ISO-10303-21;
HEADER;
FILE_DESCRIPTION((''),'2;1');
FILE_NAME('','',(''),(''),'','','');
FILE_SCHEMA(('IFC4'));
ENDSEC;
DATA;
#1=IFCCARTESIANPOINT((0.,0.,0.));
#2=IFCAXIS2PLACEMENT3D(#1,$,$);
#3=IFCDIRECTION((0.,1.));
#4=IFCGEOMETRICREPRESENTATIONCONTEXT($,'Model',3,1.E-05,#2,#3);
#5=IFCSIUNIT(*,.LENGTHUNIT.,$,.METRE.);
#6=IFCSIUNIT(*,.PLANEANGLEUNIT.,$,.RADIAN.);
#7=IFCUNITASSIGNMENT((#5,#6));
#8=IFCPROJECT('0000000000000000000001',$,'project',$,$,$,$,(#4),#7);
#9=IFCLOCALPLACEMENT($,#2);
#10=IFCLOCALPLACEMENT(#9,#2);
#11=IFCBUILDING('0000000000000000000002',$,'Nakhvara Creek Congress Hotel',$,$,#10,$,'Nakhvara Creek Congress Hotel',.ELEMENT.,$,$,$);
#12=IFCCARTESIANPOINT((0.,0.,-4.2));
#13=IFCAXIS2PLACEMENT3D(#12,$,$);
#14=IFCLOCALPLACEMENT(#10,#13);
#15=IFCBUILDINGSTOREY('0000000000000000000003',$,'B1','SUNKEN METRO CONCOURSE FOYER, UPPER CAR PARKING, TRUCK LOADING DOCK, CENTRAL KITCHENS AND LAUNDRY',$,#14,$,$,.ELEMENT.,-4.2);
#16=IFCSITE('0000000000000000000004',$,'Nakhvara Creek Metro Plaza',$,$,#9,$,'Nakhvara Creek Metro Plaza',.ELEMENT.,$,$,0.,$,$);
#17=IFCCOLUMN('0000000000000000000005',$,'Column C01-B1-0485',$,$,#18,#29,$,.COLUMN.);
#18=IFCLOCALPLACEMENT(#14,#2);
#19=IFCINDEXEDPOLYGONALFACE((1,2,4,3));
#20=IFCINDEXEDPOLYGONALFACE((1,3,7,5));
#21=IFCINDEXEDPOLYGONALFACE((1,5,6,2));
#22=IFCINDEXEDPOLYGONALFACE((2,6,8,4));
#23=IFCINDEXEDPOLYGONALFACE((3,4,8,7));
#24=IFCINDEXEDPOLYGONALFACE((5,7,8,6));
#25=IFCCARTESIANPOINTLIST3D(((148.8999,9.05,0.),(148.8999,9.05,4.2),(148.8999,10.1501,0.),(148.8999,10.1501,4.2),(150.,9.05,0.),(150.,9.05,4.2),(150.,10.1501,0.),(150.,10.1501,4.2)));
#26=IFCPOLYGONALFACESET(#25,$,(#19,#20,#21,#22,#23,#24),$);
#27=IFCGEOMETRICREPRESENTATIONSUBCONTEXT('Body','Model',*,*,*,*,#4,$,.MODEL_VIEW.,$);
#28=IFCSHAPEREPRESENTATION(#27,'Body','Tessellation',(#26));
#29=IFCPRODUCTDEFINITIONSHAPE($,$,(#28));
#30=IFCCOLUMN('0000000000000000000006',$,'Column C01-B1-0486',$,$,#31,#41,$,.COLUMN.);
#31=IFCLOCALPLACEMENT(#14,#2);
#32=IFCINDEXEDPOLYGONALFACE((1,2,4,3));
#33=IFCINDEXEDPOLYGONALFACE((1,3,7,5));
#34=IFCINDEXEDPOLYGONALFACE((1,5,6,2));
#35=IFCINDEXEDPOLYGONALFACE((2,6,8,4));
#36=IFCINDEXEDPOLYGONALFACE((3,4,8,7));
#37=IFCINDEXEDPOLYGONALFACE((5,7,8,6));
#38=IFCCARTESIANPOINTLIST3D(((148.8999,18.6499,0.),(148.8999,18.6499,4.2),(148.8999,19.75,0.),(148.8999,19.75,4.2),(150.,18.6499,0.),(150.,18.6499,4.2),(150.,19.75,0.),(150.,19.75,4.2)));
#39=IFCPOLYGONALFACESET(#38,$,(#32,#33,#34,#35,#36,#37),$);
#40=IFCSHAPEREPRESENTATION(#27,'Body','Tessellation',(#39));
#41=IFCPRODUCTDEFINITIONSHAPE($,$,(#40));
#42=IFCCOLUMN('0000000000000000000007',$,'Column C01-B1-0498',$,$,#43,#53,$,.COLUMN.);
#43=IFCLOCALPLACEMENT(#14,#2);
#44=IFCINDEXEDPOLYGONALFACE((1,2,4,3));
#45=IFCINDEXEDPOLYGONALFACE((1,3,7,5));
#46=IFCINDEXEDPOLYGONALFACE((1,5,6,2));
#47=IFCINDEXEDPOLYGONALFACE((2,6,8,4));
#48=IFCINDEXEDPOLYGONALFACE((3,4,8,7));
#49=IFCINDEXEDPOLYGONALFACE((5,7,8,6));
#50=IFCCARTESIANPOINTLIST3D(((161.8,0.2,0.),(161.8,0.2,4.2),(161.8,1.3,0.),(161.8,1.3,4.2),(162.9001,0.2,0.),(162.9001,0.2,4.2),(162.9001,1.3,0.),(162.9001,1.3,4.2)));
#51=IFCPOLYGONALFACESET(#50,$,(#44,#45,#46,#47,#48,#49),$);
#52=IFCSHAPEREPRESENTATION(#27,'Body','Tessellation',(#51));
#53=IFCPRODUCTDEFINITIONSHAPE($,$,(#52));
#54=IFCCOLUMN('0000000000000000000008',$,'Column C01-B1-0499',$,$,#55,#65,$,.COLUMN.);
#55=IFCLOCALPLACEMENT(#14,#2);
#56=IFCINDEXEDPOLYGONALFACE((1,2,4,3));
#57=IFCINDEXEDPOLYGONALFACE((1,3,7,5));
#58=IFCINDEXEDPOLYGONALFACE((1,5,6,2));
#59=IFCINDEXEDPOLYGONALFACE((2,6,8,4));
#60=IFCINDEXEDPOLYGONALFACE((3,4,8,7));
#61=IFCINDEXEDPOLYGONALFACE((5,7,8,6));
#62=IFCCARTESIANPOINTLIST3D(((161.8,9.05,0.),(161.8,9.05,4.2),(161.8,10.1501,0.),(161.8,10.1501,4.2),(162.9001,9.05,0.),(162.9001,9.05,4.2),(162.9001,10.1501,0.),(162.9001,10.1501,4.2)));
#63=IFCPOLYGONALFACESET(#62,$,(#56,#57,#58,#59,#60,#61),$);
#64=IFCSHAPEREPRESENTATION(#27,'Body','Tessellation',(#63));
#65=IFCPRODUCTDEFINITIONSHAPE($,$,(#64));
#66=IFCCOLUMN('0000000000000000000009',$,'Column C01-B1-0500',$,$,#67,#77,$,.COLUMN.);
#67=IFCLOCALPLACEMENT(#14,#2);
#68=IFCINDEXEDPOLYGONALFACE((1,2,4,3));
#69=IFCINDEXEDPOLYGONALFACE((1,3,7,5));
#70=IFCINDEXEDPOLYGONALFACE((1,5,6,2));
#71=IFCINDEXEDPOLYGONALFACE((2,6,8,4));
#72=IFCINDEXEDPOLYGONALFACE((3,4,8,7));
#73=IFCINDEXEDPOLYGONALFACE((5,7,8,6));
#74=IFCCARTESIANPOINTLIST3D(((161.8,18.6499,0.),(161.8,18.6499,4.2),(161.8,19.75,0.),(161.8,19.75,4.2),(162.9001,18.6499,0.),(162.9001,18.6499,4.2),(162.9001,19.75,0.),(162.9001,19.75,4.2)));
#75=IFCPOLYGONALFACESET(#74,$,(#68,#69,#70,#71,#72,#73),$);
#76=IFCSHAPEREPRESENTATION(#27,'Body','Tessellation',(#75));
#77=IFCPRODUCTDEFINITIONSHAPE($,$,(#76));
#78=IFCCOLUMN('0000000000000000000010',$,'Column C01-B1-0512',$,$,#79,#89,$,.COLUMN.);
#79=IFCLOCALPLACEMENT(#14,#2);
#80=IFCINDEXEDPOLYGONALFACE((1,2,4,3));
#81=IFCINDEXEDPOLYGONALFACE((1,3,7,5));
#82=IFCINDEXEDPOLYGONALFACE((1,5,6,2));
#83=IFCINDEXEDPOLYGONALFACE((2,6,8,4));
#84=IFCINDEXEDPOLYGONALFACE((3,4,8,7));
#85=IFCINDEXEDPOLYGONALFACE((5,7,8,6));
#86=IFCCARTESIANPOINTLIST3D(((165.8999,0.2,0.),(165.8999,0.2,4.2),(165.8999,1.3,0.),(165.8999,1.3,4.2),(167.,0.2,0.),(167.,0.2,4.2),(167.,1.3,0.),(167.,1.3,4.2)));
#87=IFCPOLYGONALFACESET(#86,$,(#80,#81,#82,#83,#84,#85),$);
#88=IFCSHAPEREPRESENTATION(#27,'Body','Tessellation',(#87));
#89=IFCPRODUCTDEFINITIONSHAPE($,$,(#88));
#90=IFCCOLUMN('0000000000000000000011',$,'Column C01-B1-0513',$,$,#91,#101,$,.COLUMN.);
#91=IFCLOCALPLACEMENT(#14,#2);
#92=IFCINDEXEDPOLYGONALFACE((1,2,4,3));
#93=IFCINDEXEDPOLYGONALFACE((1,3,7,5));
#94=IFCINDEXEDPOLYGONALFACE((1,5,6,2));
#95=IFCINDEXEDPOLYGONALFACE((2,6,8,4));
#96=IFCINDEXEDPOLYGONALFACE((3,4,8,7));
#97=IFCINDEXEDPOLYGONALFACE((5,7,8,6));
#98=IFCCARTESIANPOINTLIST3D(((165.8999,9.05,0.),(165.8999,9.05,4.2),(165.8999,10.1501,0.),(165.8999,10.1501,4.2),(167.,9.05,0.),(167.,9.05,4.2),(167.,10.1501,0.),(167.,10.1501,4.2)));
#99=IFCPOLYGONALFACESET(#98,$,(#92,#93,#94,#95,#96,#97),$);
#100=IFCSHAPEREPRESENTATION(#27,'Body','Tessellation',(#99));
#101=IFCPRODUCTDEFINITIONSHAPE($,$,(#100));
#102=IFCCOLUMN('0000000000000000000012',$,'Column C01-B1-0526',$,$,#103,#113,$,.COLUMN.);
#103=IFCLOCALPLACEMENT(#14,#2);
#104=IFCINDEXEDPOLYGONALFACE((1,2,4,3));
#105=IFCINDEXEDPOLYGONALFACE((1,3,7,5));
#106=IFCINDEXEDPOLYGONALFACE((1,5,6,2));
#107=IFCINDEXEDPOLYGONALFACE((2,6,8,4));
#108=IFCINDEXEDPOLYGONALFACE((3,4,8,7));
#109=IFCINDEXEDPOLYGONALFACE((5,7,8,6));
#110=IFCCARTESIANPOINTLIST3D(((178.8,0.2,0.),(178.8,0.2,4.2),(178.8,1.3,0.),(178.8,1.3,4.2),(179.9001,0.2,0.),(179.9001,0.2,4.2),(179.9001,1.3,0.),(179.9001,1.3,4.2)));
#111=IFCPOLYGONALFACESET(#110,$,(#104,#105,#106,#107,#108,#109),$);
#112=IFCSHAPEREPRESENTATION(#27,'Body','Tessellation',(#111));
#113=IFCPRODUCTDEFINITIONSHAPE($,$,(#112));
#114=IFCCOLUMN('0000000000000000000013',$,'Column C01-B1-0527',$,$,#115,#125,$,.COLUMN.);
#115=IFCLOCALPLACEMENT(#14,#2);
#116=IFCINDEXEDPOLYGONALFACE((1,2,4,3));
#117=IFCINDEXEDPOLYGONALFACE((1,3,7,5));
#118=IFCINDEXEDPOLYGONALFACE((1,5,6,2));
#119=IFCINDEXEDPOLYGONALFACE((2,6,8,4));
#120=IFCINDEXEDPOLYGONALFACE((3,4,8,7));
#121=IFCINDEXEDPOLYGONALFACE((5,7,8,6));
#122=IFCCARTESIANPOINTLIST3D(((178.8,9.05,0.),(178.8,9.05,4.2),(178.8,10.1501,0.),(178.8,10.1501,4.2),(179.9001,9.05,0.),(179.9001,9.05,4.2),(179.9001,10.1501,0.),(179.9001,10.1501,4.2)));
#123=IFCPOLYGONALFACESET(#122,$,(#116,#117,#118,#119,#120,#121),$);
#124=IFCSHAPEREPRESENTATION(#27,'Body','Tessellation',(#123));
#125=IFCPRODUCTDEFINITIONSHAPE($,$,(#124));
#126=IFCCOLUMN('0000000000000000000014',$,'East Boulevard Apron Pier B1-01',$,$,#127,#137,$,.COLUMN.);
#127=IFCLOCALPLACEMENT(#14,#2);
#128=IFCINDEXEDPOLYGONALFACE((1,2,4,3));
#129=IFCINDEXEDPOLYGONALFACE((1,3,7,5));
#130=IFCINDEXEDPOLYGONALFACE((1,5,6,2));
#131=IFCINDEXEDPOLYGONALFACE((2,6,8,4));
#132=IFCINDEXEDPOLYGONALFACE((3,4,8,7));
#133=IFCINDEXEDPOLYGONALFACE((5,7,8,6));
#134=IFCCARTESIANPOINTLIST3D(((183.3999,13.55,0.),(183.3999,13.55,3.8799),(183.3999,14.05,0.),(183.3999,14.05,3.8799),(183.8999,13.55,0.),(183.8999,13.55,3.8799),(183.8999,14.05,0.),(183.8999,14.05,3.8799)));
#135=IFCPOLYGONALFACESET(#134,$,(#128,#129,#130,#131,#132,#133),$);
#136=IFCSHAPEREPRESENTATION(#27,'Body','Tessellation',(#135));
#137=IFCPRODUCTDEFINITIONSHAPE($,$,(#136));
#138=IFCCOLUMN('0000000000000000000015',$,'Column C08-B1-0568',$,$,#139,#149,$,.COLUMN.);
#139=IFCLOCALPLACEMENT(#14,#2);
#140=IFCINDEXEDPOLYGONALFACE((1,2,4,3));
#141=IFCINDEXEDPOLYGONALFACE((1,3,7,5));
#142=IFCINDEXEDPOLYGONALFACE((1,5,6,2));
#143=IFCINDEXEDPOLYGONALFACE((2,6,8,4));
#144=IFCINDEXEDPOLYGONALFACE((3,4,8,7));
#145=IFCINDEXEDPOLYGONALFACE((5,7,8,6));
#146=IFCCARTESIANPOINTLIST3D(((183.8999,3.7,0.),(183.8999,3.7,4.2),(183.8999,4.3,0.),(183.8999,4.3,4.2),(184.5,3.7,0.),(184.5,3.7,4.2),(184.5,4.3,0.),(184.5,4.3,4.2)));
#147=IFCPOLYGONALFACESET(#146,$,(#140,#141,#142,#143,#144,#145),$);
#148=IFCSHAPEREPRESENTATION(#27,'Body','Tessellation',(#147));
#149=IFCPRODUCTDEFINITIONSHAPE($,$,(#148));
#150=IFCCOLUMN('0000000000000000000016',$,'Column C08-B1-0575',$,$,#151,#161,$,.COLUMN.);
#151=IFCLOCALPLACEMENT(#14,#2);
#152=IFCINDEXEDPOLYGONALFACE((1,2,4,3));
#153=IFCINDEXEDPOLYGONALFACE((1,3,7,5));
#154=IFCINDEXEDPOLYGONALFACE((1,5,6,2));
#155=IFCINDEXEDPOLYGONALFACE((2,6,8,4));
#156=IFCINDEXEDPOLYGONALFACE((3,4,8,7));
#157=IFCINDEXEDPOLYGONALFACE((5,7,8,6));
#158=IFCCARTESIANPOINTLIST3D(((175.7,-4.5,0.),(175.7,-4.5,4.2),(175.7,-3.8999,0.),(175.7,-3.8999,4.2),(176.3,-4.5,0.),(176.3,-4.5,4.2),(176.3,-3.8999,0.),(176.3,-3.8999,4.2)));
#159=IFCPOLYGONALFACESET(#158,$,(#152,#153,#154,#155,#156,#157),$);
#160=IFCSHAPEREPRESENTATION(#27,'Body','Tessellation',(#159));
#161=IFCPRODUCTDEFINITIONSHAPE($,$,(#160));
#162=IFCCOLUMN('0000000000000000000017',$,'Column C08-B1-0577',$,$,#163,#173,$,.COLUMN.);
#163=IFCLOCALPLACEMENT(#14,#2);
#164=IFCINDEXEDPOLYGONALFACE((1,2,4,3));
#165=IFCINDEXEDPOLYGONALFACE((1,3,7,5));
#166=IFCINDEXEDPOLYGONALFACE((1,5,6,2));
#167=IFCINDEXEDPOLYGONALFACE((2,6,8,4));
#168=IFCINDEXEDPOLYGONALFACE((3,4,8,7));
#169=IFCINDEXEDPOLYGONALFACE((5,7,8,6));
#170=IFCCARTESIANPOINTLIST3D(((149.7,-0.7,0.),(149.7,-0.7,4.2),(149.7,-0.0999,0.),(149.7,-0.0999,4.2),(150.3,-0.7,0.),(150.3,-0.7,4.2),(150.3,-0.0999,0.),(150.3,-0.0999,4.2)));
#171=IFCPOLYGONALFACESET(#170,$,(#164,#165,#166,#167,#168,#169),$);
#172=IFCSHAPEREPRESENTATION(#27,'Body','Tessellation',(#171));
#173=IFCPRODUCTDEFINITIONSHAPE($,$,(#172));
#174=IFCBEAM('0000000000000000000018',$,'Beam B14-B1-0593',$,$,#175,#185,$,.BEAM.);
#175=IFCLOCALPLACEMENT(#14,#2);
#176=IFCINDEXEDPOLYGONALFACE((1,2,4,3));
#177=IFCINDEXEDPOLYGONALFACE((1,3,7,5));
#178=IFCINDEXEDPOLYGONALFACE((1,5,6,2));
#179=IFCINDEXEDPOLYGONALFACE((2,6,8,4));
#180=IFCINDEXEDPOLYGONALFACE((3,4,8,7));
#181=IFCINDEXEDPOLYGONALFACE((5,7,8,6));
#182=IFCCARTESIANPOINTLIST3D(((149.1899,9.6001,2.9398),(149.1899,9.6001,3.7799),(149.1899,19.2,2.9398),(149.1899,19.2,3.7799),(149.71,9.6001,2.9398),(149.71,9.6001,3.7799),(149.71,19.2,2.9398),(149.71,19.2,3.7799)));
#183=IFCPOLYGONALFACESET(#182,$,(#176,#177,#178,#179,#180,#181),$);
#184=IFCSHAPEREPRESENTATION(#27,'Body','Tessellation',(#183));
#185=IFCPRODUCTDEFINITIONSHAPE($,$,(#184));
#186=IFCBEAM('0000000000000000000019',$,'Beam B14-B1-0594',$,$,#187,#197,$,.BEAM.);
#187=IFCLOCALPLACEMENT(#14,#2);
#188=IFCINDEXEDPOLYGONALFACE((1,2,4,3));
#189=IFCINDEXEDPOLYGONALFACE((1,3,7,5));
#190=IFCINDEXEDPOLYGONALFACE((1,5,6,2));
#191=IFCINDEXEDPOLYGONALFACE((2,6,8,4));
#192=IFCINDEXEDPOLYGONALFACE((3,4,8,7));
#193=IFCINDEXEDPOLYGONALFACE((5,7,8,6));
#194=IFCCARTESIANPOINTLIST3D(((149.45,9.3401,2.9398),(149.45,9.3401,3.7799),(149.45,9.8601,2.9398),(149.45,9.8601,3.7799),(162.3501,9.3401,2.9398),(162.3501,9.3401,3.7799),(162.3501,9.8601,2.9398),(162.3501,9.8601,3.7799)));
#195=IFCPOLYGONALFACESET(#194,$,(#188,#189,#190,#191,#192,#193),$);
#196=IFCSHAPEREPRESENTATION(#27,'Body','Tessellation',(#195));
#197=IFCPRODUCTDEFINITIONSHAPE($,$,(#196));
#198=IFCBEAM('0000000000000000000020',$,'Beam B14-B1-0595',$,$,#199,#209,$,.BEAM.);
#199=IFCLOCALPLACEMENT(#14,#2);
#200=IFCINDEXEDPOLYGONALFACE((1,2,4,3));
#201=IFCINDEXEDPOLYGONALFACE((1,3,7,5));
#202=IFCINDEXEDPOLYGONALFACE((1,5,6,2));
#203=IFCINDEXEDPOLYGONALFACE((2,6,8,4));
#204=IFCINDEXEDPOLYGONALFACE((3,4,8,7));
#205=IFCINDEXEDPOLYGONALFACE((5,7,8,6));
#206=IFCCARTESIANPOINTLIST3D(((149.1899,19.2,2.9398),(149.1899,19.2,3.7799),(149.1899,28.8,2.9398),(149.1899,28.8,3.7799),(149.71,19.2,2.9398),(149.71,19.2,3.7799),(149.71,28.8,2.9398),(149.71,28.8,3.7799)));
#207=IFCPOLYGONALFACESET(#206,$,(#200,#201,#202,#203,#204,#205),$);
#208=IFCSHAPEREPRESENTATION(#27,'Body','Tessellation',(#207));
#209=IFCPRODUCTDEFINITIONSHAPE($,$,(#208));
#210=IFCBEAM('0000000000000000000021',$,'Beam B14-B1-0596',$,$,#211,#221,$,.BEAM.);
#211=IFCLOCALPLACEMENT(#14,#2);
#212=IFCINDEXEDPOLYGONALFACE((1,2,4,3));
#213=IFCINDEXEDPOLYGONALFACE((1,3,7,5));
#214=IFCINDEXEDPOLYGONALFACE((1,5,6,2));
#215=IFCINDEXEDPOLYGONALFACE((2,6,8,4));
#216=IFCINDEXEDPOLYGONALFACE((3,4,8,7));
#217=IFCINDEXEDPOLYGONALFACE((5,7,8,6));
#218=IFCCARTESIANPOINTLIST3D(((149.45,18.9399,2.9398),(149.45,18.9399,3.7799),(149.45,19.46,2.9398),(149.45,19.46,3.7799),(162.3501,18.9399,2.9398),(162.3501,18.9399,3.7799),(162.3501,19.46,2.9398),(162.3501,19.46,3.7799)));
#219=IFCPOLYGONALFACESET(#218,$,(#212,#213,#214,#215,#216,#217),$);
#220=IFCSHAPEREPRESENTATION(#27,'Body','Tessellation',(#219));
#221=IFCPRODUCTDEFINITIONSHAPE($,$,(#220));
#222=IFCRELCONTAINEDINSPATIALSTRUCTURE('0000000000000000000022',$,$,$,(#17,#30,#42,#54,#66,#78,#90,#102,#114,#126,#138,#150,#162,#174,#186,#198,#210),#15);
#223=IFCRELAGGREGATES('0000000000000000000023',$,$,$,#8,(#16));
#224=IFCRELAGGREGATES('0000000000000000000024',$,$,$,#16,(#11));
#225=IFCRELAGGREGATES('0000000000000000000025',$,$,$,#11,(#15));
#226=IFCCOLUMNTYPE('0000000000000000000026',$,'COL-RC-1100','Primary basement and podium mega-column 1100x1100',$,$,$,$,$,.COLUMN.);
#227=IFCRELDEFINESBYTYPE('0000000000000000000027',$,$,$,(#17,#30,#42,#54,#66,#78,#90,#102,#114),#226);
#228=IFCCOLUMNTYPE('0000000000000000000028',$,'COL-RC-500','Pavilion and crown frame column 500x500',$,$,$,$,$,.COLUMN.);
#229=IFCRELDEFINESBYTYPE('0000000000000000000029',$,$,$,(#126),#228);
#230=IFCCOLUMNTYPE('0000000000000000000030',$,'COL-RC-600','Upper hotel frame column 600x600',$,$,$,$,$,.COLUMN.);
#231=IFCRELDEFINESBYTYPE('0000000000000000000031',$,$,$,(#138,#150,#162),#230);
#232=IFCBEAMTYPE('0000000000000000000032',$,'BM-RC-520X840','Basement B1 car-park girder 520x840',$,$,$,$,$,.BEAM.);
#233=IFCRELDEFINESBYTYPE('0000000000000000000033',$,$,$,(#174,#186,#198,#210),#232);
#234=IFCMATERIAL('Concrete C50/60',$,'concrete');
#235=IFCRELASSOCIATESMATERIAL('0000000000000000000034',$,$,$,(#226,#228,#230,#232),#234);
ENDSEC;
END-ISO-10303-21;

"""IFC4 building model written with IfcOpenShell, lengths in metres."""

from ifc_helpers import new_model, si_unit, direction, frame, origin, origin_2d, place, context, subcontext, project, spatial, rectangle, extrude, material, material_profile, profile_set, type_object, element, save


model = new_model("IFC4")

# Units and contexts
model_context = context("Model", 3, precision=1e-05, world=origin(), true_north=direction((0.0, 1.0)))
body_context = subcontext(model_context, "Body", "Model", "MODEL_VIEW")
ifc_project = project(units=[si_unit("LENGTHUNIT", "METRE"), si_unit("PLANEANGLEUNIT", "RADIAN")], contexts=[model_context])

# Site, building, storey
site_placement = place(None, origin())
site = spatial("IfcSite", under=ifc_project, at=site_placement, Name="Nakhvara Creek Metro Plaza", LongName="Nakhvara Creek Metro Plaza", CompositionType="ELEMENT", RefElevation=0.0)
building_placement = place(site_placement, origin())
building = spatial("IfcBuilding", under=site, at=building_placement, Name="Nakhvara Creek Congress Hotel", LongName="Nakhvara Creek Congress Hotel", CompositionType="ELEMENT")
storey_placement = place(building_placement, frame((0.0, 0.0, -4.2)))
storey = spatial("IfcBuildingStorey", under=building, at=storey_placement, Name="B1", Description="SUNKEN METRO CONCOURSE FOYER, UPPER CAR PARKING, TRUCK LOADING DOCK, CENTRAL KITCHENS AND LAUNDRY", CompositionType="ELEMENT", Elevation=-4.2)

# Columns
ifc_material_1 = material(Name="Concrete C50/60", Category="concrete")
ifc_material_profile_1 = material_profile(ifc_material_1, rectangle(XDim=1.1001, YDim=1.1001, at=origin_2d()), Name="RC-COL 1100x1100", Category="LoadBearing")
ifc_profile_set_1 = profile_set([ifc_material_profile_1], Name="Concrete C50/60")
column_type_1 = type_object("IfcColumnType", Name="COL-RC-1100", Description="Primary basement and podium mega-column 1100x1100", PredefinedType="COLUMN", material=ifc_profile_set_1)
for number, where, z_axis, x_axis, name in (
    (1, (149.45, 9.6001, 0.0), (0.0, 0.0, 1.0), (1.0, 0.0, 0.0), "Column C01-B1-0485"),
    (2, (149.45, 19.2, 0.0), (0.0, 0.0, 1.0), (1.0, 0.0, 0.0), "Column C01-B1-0486"),
    (3, (162.3501, 0.75, 0.0), (0.0, 0.0, 1.0), (1.0, 0.0, 0.0), "Column C01-B1-0498"),
    (4, (162.3501, 9.6001, 0.0), (0.0, 0.0, 1.0), (1.0, 0.0, 0.0), "Column C01-B1-0499"),
    (5, (162.3501, 19.2, 0.0), (0.0, 0.0, 1.0), (1.0, 0.0, 0.0), "Column C01-B1-0500"),
    (6, (166.45, 0.75, 0.0), (0.0, 0.0, 1.0), (1.0, 0.0, 0.0), "Column C01-B1-0512"),
    (7, (166.45, 9.6001, 0.0), (0.0, 0.0, 1.0), (1.0, 0.0, 0.0), "Column C01-B1-0513"),
    (8, (179.3501, 0.75, 0.0), (0.0, 0.0, 1.0), (1.0, 0.0, 0.0), "Column C01-B1-0526"),
    (9, (179.3501, 9.6001, 0.0), (0.0, 0.0, 1.0), (1.0, 0.0, 0.0), "Column C01-B1-0527"),
):
    element("IfcColumn", number, at=place(storey_placement, frame(where, z_axis=z_axis, x_axis=x_axis)), inside=storey, type_object=column_type_1, Name=name, PredefinedType="COLUMN", context=body_context, shape_type="SweptSolid", body=[
        extrude(rectangle(XDim=1.1001, YDim=1.1001, at=origin_2d()), origin(), (0.0, 0.0, 1.0), 4.2),
    ])
ifc_material_profile_2 = material_profile(ifc_material_1, rectangle(XDim=0.5, YDim=0.5, at=origin_2d()), Name="RC-COL 500x500", Category="LoadBearing")
ifc_profile_set_2 = profile_set([ifc_material_profile_2], Name="Concrete C50/60")
column_type_2 = type_object("IfcColumnType", Name="COL-RC-500", Description="Pavilion and crown frame column 500x500", PredefinedType="COLUMN", material=ifc_profile_set_2)
column_placement = place(storey_placement, frame((183.6499, 13.8, 0.0), z_axis=(0.0, 0.0, 1.0), x_axis=(1.0, 0.0, 0.0)))
element("IfcColumn", 10, at=column_placement, inside=storey, type_object=column_type_2, Name="East Boulevard Apron Pier B1-01", PredefinedType="COLUMN", context=body_context, shape_type="SweptSolid", body=[
    extrude(rectangle(XDim=0.5, YDim=0.5, at=origin_2d()), origin(), (0.0, 0.0, 1.0), 3.8799),
])
ifc_material_profile_3 = material_profile(ifc_material_1, rectangle(XDim=0.6001, YDim=0.6001, at=origin_2d()), Name="RC-COL 600x600", Category="LoadBearing")
ifc_profile_set_3 = profile_set([ifc_material_profile_3], Name="Concrete C50/60")
column_type_3 = type_object("IfcColumnType", Name="COL-RC-600", Description="Upper hotel frame column 600x600", PredefinedType="COLUMN", material=ifc_profile_set_3)
for number, where, z_axis, x_axis, name in (
    (11, (184.2, 4.0, 0.0), (0.0, 0.0, 1.0), (1.0, 0.0, 0.0), "Column C08-B1-0568"),
    (12, (176.0, -4.2, 0.0), (0.0, 0.0, 1.0), (1.0, 0.0, 0.0), "Column C08-B1-0575"),
    (13, (150.0, -0.3999, 0.0), (0.0, 0.0, 1.0), (1.0, 0.0, 0.0), "Column C08-B1-0577"),
):
    element("IfcColumn", number, at=place(storey_placement, frame(where, z_axis=z_axis, x_axis=x_axis)), inside=storey, type_object=column_type_3, Name=name, PredefinedType="COLUMN", context=body_context, shape_type="SweptSolid", body=[
        extrude(rectangle(XDim=0.6001, YDim=0.6001, at=origin_2d()), origin(), (0.0, 0.0, 1.0), 4.2),
    ])

# Beams
ifc_material_profile_4 = material_profile(ifc_material_1, rectangle(XDim=0.52, YDim=0.8401, at=origin_2d()), Name="RC-BM 520x840", Category="LoadBearing")
ifc_profile_set_4 = profile_set([ifc_material_profile_4], Name="Concrete C50/60")
beam_type_1 = type_object("IfcBeamType", Name="BM-RC-520X840", Description="Basement B1 car-park girder 520x840", PredefinedType="BEAM", material=ifc_profile_set_4)
beam_1_placement = place(storey_placement, frame((149.45, 9.6001, 3.3599), z_axis=(0.0, 1.0, 0.0), x_axis=(-1.0, 0.0, 0.0)))
element("IfcBeam", 14, at=beam_1_placement, inside=storey, type_object=beam_type_1, Name="Beam B14-B1-0593", PredefinedType="BEAM", context=body_context, shape_type="SweptSolid", body=[
    extrude(rectangle(XDim=0.52, YDim=0.8401, at=origin_2d()), origin(), (0.0, 0.0, 1.0), 9.5999),
])
beam_2_placement = place(storey_placement, frame((149.45, 9.6001, 3.3599), z_axis=(1.0, 0.0, 0.0), x_axis=(0.0, 1.0, 0.0)))
element("IfcBeam", 15, at=beam_2_placement, inside=storey, type_object=beam_type_1, Name="Beam B14-B1-0594", PredefinedType="BEAM", context=body_context, shape_type="SweptSolid", body=[
    extrude(rectangle(XDim=0.52, YDim=0.8401, at=origin_2d()), origin(), (0.0, 0.0, 1.0), 12.9001),
])
beam_3_placement = place(storey_placement, frame((149.45, 19.2, 3.3599), z_axis=(0.0, 1.0, 0.0), x_axis=(-1.0, 0.0, 0.0)))
element("IfcBeam", 16, at=beam_3_placement, inside=storey, type_object=beam_type_1, Name="Beam B14-B1-0595", PredefinedType="BEAM", context=body_context, shape_type="SweptSolid", body=[
    extrude(rectangle(XDim=0.52, YDim=0.8401, at=origin_2d()), origin(), (0.0, 0.0, 1.0), 9.6001),
])
beam_4_placement = place(storey_placement, frame((149.45, 19.2, 3.3599), z_axis=(1.0, 0.0, 0.0), x_axis=(0.0, 1.0, 0.0)))
element("IfcBeam", 17, at=beam_4_placement, inside=storey, type_object=beam_type_1, Name="Beam B14-B1-0596", PredefinedType="BEAM", context=body_context, shape_type="SweptSolid", body=[
    extrude(rectangle(XDim=0.52, YDim=0.8401, at=origin_2d()), origin(), (0.0, 0.0, 1.0), 12.9001),
])

save(model, "model.ifc")
